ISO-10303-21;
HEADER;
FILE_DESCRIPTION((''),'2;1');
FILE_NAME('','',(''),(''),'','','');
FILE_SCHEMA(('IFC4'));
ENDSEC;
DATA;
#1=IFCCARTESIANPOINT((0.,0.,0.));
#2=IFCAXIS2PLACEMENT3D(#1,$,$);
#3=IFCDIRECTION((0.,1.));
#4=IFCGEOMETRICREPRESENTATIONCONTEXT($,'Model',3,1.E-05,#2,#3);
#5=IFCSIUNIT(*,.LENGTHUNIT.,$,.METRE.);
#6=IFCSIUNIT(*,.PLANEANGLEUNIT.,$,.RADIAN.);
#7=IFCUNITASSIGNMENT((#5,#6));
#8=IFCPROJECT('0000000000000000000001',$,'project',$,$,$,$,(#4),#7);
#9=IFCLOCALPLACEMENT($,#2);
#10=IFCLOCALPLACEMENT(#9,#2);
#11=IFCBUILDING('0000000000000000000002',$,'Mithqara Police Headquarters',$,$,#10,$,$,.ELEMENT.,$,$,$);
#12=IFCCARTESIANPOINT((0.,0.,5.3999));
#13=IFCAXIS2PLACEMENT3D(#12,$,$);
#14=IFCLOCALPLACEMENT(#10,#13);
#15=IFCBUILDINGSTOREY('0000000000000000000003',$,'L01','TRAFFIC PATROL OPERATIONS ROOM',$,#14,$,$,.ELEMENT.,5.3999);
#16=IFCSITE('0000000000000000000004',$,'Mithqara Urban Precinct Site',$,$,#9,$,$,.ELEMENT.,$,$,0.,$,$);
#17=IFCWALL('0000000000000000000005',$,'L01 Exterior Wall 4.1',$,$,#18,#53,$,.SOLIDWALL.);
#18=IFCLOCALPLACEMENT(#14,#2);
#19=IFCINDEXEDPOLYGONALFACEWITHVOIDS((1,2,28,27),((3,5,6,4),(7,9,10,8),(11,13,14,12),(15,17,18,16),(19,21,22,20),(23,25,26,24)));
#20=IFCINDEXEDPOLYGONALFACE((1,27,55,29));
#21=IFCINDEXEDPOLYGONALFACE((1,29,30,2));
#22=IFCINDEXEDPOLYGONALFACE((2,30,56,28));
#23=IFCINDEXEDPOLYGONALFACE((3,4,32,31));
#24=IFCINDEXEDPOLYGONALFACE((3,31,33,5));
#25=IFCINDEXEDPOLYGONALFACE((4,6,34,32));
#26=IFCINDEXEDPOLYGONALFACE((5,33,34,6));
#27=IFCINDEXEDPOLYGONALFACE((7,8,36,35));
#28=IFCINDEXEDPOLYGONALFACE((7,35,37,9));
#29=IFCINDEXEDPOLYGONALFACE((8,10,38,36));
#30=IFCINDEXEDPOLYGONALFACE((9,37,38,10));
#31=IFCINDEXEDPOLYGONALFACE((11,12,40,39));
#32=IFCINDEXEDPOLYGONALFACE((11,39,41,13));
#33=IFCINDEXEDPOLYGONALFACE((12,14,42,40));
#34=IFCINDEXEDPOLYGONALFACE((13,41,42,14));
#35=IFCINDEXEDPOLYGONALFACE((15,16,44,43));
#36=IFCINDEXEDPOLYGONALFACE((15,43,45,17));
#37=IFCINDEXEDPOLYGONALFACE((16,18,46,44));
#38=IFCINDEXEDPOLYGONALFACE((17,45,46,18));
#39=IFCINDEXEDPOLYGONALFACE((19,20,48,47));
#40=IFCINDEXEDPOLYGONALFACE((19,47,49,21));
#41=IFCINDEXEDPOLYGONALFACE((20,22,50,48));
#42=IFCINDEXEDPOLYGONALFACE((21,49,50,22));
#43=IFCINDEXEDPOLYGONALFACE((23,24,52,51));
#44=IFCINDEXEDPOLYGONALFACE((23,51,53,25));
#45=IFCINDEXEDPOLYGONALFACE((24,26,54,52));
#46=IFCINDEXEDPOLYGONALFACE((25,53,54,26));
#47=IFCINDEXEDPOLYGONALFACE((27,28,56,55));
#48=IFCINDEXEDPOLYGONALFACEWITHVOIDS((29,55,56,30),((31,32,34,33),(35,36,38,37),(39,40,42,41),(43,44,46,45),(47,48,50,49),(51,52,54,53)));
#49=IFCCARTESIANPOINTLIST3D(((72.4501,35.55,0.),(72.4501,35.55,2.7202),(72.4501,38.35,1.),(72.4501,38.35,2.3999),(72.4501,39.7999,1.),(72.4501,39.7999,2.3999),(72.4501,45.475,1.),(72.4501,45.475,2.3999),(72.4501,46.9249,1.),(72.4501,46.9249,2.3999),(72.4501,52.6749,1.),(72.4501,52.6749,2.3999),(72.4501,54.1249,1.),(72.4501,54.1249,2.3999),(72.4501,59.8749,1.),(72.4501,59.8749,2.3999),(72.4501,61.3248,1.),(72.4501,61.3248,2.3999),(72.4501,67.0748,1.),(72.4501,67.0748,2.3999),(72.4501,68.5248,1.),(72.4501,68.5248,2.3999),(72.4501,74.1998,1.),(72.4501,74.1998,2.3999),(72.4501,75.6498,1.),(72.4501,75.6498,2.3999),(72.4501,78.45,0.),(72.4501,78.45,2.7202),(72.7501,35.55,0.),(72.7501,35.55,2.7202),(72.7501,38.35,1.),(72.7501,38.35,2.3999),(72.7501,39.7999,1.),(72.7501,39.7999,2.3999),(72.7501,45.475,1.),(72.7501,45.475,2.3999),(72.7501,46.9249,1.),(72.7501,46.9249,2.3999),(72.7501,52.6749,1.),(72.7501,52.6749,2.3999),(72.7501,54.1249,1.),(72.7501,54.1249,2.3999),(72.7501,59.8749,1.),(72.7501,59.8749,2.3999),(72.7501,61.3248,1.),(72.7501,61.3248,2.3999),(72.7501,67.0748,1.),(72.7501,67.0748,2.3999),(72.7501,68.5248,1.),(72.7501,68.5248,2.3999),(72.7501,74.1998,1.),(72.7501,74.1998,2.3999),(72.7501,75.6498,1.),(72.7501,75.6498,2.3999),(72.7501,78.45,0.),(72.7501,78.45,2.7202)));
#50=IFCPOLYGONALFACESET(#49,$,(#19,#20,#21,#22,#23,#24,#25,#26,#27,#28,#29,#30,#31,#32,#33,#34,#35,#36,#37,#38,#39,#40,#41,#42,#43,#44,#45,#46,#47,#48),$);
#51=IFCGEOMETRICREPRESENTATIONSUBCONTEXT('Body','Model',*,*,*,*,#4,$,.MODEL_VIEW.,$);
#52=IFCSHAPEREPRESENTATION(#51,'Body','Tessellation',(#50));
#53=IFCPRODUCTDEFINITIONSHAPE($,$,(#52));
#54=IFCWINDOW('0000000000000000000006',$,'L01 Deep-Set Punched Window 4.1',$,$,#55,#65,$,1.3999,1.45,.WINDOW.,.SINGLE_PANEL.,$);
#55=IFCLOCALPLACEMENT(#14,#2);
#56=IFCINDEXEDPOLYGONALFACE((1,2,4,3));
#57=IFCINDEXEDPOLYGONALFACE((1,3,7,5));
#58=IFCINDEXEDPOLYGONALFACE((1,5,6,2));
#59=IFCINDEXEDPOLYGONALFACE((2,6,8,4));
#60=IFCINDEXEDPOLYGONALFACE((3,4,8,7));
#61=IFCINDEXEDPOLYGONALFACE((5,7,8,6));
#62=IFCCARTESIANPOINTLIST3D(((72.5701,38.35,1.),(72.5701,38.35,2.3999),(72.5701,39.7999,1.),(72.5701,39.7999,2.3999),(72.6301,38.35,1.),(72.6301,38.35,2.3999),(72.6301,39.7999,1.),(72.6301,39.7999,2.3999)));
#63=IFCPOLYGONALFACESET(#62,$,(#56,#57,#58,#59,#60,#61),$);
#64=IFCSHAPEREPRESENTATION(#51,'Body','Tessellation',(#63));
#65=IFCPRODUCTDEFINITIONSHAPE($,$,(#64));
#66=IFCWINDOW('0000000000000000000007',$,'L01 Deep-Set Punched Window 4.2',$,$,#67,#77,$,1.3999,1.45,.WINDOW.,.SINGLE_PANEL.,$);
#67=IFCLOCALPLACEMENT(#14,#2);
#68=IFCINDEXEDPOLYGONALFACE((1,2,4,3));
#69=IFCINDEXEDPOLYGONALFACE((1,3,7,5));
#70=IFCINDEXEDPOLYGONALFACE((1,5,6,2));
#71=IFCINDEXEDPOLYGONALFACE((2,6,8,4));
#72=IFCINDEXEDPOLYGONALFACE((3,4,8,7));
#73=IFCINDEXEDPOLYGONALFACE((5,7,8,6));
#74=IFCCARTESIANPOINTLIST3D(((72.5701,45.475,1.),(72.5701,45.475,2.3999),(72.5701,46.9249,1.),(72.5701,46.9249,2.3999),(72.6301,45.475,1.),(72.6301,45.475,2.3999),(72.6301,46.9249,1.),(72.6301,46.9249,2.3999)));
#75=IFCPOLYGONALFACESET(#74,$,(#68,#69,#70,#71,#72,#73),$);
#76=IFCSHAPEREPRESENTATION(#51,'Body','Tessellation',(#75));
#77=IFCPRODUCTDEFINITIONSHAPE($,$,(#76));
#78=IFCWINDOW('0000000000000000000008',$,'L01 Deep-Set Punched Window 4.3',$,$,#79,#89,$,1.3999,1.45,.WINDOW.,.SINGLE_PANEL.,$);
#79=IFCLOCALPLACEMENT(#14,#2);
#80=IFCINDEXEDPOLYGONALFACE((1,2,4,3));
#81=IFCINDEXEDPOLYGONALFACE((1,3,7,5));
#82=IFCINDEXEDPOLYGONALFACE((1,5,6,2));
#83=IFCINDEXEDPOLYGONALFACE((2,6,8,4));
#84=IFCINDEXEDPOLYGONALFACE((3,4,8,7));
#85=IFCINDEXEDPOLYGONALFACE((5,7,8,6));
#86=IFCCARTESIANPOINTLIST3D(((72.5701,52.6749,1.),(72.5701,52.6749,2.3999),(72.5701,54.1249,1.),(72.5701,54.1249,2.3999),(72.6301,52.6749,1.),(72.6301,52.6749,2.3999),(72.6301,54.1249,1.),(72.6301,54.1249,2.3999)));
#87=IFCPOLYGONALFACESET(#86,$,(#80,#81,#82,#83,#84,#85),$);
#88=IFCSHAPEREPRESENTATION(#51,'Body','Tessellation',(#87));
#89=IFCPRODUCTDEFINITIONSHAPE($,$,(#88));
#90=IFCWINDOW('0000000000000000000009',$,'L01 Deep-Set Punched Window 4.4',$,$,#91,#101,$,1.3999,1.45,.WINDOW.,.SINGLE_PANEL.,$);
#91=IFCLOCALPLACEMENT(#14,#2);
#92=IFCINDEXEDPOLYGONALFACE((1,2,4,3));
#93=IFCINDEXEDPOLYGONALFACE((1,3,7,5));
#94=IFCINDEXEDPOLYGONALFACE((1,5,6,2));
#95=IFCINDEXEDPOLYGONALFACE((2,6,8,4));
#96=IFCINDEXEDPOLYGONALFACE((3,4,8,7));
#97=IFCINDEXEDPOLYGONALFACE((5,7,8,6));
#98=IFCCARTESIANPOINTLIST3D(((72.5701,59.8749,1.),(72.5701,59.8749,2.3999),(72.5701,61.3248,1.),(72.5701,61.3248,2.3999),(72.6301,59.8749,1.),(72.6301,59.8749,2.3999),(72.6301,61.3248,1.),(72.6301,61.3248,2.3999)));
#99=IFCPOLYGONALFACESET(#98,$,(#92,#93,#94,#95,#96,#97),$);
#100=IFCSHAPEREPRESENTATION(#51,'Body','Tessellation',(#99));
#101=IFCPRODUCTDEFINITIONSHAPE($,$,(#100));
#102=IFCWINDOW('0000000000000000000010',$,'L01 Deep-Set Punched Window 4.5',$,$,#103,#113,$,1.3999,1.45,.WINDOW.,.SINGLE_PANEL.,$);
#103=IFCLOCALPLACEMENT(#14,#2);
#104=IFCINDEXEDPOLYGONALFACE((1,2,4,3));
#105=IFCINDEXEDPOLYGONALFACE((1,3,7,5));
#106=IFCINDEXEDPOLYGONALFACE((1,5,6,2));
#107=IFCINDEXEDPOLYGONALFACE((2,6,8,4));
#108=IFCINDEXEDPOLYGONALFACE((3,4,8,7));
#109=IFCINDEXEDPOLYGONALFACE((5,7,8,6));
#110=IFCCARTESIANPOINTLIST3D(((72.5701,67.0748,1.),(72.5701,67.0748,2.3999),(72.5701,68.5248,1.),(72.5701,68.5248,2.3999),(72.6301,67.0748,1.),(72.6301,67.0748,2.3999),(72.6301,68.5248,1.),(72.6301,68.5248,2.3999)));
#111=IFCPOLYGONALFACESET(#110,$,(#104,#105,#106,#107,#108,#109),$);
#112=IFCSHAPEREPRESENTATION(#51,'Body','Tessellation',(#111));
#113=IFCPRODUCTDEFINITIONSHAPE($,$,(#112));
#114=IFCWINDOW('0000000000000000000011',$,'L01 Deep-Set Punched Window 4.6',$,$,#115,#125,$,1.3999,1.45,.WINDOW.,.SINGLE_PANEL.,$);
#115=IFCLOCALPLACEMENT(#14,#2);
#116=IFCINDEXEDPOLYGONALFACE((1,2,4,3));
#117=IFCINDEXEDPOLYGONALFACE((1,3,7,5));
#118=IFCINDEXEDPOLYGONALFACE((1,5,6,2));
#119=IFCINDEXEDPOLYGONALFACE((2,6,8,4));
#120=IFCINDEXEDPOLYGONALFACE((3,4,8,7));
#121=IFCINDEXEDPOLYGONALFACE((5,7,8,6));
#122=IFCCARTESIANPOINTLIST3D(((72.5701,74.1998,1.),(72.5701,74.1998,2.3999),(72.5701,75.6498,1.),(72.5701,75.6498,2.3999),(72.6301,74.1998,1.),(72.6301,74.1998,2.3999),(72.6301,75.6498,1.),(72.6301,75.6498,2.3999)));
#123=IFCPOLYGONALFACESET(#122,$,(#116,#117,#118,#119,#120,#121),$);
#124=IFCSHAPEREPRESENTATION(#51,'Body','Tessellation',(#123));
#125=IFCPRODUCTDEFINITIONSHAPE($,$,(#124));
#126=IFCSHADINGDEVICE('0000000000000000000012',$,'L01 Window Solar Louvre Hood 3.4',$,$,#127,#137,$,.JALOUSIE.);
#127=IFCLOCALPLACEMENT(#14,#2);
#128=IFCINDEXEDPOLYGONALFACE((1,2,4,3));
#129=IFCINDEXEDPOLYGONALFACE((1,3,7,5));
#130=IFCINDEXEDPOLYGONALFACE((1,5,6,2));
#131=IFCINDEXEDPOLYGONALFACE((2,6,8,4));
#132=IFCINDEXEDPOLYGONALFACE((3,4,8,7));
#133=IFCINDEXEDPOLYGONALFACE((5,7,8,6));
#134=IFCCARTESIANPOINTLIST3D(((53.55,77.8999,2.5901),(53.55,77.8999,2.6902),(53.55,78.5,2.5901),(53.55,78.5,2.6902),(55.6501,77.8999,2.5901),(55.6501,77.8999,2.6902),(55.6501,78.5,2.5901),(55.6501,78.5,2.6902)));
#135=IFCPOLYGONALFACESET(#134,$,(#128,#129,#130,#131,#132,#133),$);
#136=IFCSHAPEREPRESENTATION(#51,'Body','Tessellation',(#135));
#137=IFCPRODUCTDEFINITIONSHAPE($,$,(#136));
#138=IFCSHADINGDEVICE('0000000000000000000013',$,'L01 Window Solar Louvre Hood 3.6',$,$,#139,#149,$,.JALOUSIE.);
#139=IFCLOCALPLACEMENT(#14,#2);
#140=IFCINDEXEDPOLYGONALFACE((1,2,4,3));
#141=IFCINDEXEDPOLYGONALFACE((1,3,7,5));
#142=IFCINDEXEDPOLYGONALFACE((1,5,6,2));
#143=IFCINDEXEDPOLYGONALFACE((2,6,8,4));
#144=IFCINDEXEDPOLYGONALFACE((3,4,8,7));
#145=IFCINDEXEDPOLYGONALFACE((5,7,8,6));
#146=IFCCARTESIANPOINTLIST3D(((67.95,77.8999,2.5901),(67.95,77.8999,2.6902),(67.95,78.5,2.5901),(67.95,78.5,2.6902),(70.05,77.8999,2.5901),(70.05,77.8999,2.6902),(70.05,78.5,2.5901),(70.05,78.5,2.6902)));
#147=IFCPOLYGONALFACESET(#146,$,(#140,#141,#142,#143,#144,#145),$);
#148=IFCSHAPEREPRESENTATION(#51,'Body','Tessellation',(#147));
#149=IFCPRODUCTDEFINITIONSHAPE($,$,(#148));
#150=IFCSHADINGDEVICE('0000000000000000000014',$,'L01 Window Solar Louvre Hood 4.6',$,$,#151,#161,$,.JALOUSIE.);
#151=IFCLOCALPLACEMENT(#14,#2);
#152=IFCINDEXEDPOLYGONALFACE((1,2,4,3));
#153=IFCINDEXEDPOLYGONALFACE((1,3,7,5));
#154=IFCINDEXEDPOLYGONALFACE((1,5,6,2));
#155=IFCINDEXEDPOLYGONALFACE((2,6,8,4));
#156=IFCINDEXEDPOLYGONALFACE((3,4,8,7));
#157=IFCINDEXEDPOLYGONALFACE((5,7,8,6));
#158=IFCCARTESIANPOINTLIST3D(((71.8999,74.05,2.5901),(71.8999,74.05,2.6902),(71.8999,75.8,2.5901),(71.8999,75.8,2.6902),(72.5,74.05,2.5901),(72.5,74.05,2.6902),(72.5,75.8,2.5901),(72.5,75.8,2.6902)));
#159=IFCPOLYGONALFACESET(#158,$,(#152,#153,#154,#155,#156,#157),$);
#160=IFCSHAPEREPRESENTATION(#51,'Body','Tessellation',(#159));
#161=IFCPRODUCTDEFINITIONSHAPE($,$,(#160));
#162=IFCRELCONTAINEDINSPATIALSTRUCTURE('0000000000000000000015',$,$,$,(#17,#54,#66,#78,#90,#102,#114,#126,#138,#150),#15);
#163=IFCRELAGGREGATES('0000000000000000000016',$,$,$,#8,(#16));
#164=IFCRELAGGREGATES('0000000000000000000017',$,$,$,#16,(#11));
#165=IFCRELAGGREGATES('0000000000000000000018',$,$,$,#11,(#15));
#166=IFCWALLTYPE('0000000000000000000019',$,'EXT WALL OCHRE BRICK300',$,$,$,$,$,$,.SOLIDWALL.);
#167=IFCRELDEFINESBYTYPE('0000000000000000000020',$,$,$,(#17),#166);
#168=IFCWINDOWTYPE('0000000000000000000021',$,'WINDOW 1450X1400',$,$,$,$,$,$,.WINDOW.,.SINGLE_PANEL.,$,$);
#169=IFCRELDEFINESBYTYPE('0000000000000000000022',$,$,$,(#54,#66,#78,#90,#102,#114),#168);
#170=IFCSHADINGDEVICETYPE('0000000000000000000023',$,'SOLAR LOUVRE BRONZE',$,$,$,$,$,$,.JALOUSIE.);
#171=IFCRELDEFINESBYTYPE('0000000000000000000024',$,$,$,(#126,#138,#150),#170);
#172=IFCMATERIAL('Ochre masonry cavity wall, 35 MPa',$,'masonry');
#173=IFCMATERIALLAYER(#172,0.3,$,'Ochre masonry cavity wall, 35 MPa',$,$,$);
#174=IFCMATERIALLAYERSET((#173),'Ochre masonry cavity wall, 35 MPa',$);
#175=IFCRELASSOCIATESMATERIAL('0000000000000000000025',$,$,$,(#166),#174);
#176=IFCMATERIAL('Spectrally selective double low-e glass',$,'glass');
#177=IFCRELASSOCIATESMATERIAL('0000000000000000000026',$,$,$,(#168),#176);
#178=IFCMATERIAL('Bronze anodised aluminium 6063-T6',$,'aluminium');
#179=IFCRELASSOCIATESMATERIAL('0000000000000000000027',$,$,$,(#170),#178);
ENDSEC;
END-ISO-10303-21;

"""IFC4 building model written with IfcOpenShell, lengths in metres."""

from ifc_helpers import new_model, si_unit, direction, frame, frame_2d, origin, origin_2d, place, context, subcontext, project, spatial, rectangle, extrude, material, layer, layer_set, type_object, element, fill, save


model = new_model("IFC4")

# Units and contexts
model_context = context("Model", 3, precision=1e-05, world=origin(), true_north=direction((0.0, 1.0)))
body_context = subcontext(model_context, "Body", "Model", "MODEL_VIEW")
ifc_project = project(units=[si_unit("LENGTHUNIT", "METRE"), si_unit("PLANEANGLEUNIT", "RADIAN")], contexts=[model_context])

# Site, building, storey
site_placement = place(None, origin())
site = spatial("IfcSite", under=ifc_project, at=site_placement, Name="Mithqara Urban Precinct Site", CompositionType="ELEMENT", RefElevation=0.0)
building_placement = place(site_placement, origin())
building = spatial("IfcBuilding", under=site, at=building_placement, Name="Mithqara Police Headquarters", CompositionType="ELEMENT")
storey_placement = place(building_placement, frame((0.0, 0.0, 5.3999)))
storey = spatial("IfcBuildingStorey", under=building, at=storey_placement, Name="L01", Description="TRAFFIC PATROL OPERATIONS ROOM", CompositionType="ELEMENT", Elevation=5.3999)

# Wall, openings, windows
ifc_material_1 = material(Name="Ochre masonry cavity wall, 35 MPa", Category="masonry")
ifc_layer_1 = layer(ifc_material_1, 0.3, Name="Ochre masonry cavity wall, 35 MPa")
ifc_layer_set_1 = layer_set([ifc_layer_1], Name="Ochre masonry cavity wall, 35 MPa")
wall_type = type_object("IfcWallType", Name="EXT WALL OCHRE BRICK300", PredefinedType="SOLIDWALL", material=ifc_layer_set_1)
wall_placement = place(storey_placement, frame((72.6001, 78.45, 0.0), z_axis=(0.0, 0.0, 1.0), x_axis=(0.0, -1.0, 0.0)))
wall = element("IfcWall", 1, at=wall_placement, inside=storey, type_object=wall_type, Name="L01 Exterior Wall 4.1", PredefinedType="SOLIDWALL", context=body_context, shape_type="SweptSolid", body=[
    extrude(rectangle(XDim=42.8999, YDim=0.3, at=frame_2d((21.45, 0.0))), origin(), (0.0, 0.0, 1.0), 2.7202),
])
opening_1_placement = place(wall_placement, frame((38.6499, 0.0, 1.0)))
opening_1 = element("IfcOpeningElement", 2, at=opening_1_placement, cuts=wall, PredefinedType="OPENING", context=body_context, shape_type="SweptSolid", body=[
    extrude(rectangle(XDim=1.45, YDim=1.3999, at=frame_2d((0.7251, 0.7))), frame((0.0, 0.1602, 0.0), z_axis=(0.0, -1.0, 0.0), x_axis=(1.0, 0.0, 0.0)), (0.0, 0.0, 1.0), 0.3201),
])
opening_2_placement = place(wall_placement, frame((31.5249, 0.0, 1.0)))
opening_2 = element("IfcOpeningElement", 3, at=opening_2_placement, cuts=wall, PredefinedType="OPENING", context=body_context, shape_type="SweptSolid", body=[
    extrude(rectangle(XDim=1.45, YDim=1.3999, at=frame_2d((0.7251, 0.7))), frame((0.0, 0.1602, 0.0), z_axis=(0.0, -1.0, 0.0), x_axis=(1.0, 0.0, 0.0)), (0.0, 0.0, 1.0), 0.3201),
])
opening_3_placement = place(wall_placement, frame((24.325, 0.0, 1.0)))
opening_3 = element("IfcOpeningElement", 4, at=opening_3_placement, cuts=wall, PredefinedType="OPENING", context=body_context, shape_type="SweptSolid", body=[
    extrude(rectangle(XDim=1.45, YDim=1.3999, at=frame_2d((0.7251, 0.7))), frame((0.0, 0.1602, 0.0), z_axis=(0.0, -1.0, 0.0), x_axis=(1.0, 0.0, 0.0)), (0.0, 0.0, 1.0), 0.3201),
])
opening_4_placement = place(wall_placement, frame((17.125, 0.0, 1.0)))
opening_4 = element("IfcOpeningElement", 5, at=opening_4_placement, cuts=wall, PredefinedType="OPENING", context=body_context, shape_type="SweptSolid", body=[
    extrude(rectangle(XDim=1.45, YDim=1.3999, at=frame_2d((0.7251, 0.7))), frame((0.0, 0.1602, 0.0), z_axis=(0.0, -1.0, 0.0), x_axis=(1.0, 0.0, 0.0)), (0.0, 0.0, 1.0), 0.3201),
])
opening_5_placement = place(wall_placement, frame((9.925, 0.0, 1.0)))
opening_5 = element("IfcOpeningElement", 6, at=opening_5_placement, cuts=wall, PredefinedType="OPENING", context=body_context, shape_type="SweptSolid", body=[
    extrude(rectangle(XDim=1.45, YDim=1.3999, at=frame_2d((0.7251, 0.7))), frame((0.0, 0.1602, 0.0), z_axis=(0.0, -1.0, 0.0), x_axis=(1.0, 0.0, 0.0)), (0.0, 0.0, 1.0), 0.3201),
])
opening_6_placement = place(wall_placement, frame((2.8, 0.0, 1.0)))
opening_6 = element("IfcOpeningElement", 7, at=opening_6_placement, cuts=wall, PredefinedType="OPENING", context=body_context, shape_type="SweptSolid", body=[
    extrude(rectangle(XDim=1.45, YDim=1.3999, at=frame_2d((0.7251, 0.7))), frame((0.0, 0.1602, 0.0), z_axis=(0.0, -1.0, 0.0), x_axis=(1.0, 0.0, 0.0)), (0.0, 0.0, 1.0), 0.3201),
])
ifc_material_2 = material(Name="Spectrally selective double low-e glass", Category="glass")
window_type = type_object("IfcWindowType", Name="WINDOW 1450X1400", PartitioningType="SINGLE_PANEL", PredefinedType="WINDOW", material=ifc_material_2)
window_1_placement = place(opening_1_placement, origin())
window_1 = element("IfcWindow", 8, at=window_1_placement, inside=storey, type_object=window_type, Name="L01 Deep-Set Punched Window 4.1", OverallHeight=1.3999, OverallWidth=1.45, PartitioningType="SINGLE_PANEL", PredefinedType="WINDOW", context=body_context, shape_type="SweptSolid", body=[
    extrude(rectangle(XDim=1.45, YDim=1.3999, at=frame_2d((0.7251, 0.7))), frame((0.0, 0.03, 0.0), z_axis=(0.0, -1.0, 0.0), x_axis=(1.0, 0.0, 0.0)), (0.0, 0.0, 1.0), 0.0601),
])
fill(opening_1, window_1)
window_2_placement = place(opening_2_placement, origin())
window_2 = element("IfcWindow", 9, at=window_2_placement, inside=storey, type_object=window_type, Name="L01 Deep-Set Punched Window 4.2", OverallHeight=1.3999, OverallWidth=1.45, PartitioningType="SINGLE_PANEL", PredefinedType="WINDOW", context=body_context, shape_type="SweptSolid", body=[
    extrude(rectangle(XDim=1.45, YDim=1.3999, at=frame_2d((0.7251, 0.7))), frame((0.0, 0.03, 0.0), z_axis=(0.0, -1.0, 0.0), x_axis=(1.0, 0.0, 0.0)), (0.0, 0.0, 1.0), 0.0601),
])
fill(opening_2, window_2)
window_3_placement = place(opening_3_placement, origin())
window_3 = element("IfcWindow", 10, at=window_3_placement, inside=storey, type_object=window_type, Name="L01 Deep-Set Punched Window 4.3", OverallHeight=1.3999, OverallWidth=1.45, PartitioningType="SINGLE_PANEL", PredefinedType="WINDOW", context=body_context, shape_type="SweptSolid", body=[
    extrude(rectangle(XDim=1.45, YDim=1.3999, at=frame_2d((0.7251, 0.7))), frame((0.0, 0.03, 0.0), z_axis=(0.0, -1.0, 0.0), x_axis=(1.0, 0.0, 0.0)), (0.0, 0.0, 1.0), 0.0601),
])
fill(opening_3, window_3)
window_4_placement = place(opening_4_placement, origin())
window_4 = element("IfcWindow", 11, at=window_4_placement, inside=storey, type_object=window_type, Name="L01 Deep-Set Punched Window 4.4", OverallHeight=1.3999, OverallWidth=1.45, PartitioningType="SINGLE_PANEL", PredefinedType="WINDOW", context=body_context, shape_type="SweptSolid", body=[
    extrude(rectangle(XDim=1.45, YDim=1.3999, at=frame_2d((0.7251, 0.7))), frame((0.0, 0.03, 0.0), z_axis=(0.0, -1.0, 0.0), x_axis=(1.0, 0.0, 0.0)), (0.0, 0.0, 1.0), 0.0601),
])
fill(opening_4, window_4)
window_5_placement = place(opening_5_placement, origin())
window_5 = element("IfcWindow", 12, at=window_5_placement, inside=storey, type_object=window_type, Name="L01 Deep-Set Punched Window 4.5", OverallHeight=1.3999, OverallWidth=1.45, PartitioningType="SINGLE_PANEL", PredefinedType="WINDOW", context=body_context, shape_type="SweptSolid", body=[
    extrude(rectangle(XDim=1.45, YDim=1.3999, at=frame_2d((0.7251, 0.7))), frame((0.0, 0.03, 0.0), z_axis=(0.0, -1.0, 0.0), x_axis=(1.0, 0.0, 0.0)), (0.0, 0.0, 1.0), 0.0601),
])
fill(opening_5, window_5)
window_6_placement = place(opening_6_placement, origin())
window_6 = element("IfcWindow", 13, at=window_6_placement, inside=storey, type_object=window_type, Name="L01 Deep-Set Punched Window 4.6", OverallHeight=1.3999, OverallWidth=1.45, PartitioningType="SINGLE_PANEL", PredefinedType="WINDOW", context=body_context, shape_type="SweptSolid", body=[
    extrude(rectangle(XDim=1.45, YDim=1.3999, at=frame_2d((0.7251, 0.7))), frame((0.0, 0.03, 0.0), z_axis=(0.0, -1.0, 0.0), x_axis=(1.0, 0.0, 0.0)), (0.0, 0.0, 1.0), 0.0601),
])
fill(opening_6, window_6)

# Shading devices
ifc_material_3 = material(Name="Bronze anodised aluminium 6063-T6", Category="aluminium")
shading_device_type = type_object("IfcShadingDeviceType", Name="SOLAR LOUVRE BRONZE", PredefinedType="JALOUSIE", material=ifc_material_3)
for number, where, z_axis, x_axis, name in (
    (14, (54.6001, 78.2, 2.5901), (0.0, 0.0, 1.0), (1.0, 0.0, 0.0), "L01 Window Solar Louvre Hood 3.4"),
    (15, (69.0, 78.2, 2.5901), (0.0, 0.0, 1.0), (1.0, 0.0, 0.0), "L01 Window Solar Louvre Hood 3.6"),
):
    element("IfcShadingDevice", number, at=place(storey_placement, frame(where, z_axis=z_axis, x_axis=x_axis)), inside=storey, type_object=shading_device_type, Name=name, PredefinedType="JALOUSIE", context=body_context, shape_type="SweptSolid", body=[
        extrude(rectangle(XDim=2.1001, YDim=0.6001, at=origin_2d()), origin(), (0.0, 0.0, 1.0), 0.1001),
    ])
shading_device_placement = place(storey_placement, frame((72.2, 74.925, 2.5901), z_axis=(0.0, 0.0, 1.0), x_axis=(0.0, 1.0, 0.0)))
element("IfcShadingDevice", 16, at=shading_device_placement, inside=storey, type_object=shading_device_type, Name="L01 Window Solar Louvre Hood 4.6", PredefinedType="JALOUSIE", context=body_context, shape_type="SweptSolid", body=[
    extrude(rectangle(XDim=1.75, YDim=0.6001, at=origin_2d()), origin(), (0.0, 0.0, 1.0), 0.1001),
])

save(model, "model.ifc")
